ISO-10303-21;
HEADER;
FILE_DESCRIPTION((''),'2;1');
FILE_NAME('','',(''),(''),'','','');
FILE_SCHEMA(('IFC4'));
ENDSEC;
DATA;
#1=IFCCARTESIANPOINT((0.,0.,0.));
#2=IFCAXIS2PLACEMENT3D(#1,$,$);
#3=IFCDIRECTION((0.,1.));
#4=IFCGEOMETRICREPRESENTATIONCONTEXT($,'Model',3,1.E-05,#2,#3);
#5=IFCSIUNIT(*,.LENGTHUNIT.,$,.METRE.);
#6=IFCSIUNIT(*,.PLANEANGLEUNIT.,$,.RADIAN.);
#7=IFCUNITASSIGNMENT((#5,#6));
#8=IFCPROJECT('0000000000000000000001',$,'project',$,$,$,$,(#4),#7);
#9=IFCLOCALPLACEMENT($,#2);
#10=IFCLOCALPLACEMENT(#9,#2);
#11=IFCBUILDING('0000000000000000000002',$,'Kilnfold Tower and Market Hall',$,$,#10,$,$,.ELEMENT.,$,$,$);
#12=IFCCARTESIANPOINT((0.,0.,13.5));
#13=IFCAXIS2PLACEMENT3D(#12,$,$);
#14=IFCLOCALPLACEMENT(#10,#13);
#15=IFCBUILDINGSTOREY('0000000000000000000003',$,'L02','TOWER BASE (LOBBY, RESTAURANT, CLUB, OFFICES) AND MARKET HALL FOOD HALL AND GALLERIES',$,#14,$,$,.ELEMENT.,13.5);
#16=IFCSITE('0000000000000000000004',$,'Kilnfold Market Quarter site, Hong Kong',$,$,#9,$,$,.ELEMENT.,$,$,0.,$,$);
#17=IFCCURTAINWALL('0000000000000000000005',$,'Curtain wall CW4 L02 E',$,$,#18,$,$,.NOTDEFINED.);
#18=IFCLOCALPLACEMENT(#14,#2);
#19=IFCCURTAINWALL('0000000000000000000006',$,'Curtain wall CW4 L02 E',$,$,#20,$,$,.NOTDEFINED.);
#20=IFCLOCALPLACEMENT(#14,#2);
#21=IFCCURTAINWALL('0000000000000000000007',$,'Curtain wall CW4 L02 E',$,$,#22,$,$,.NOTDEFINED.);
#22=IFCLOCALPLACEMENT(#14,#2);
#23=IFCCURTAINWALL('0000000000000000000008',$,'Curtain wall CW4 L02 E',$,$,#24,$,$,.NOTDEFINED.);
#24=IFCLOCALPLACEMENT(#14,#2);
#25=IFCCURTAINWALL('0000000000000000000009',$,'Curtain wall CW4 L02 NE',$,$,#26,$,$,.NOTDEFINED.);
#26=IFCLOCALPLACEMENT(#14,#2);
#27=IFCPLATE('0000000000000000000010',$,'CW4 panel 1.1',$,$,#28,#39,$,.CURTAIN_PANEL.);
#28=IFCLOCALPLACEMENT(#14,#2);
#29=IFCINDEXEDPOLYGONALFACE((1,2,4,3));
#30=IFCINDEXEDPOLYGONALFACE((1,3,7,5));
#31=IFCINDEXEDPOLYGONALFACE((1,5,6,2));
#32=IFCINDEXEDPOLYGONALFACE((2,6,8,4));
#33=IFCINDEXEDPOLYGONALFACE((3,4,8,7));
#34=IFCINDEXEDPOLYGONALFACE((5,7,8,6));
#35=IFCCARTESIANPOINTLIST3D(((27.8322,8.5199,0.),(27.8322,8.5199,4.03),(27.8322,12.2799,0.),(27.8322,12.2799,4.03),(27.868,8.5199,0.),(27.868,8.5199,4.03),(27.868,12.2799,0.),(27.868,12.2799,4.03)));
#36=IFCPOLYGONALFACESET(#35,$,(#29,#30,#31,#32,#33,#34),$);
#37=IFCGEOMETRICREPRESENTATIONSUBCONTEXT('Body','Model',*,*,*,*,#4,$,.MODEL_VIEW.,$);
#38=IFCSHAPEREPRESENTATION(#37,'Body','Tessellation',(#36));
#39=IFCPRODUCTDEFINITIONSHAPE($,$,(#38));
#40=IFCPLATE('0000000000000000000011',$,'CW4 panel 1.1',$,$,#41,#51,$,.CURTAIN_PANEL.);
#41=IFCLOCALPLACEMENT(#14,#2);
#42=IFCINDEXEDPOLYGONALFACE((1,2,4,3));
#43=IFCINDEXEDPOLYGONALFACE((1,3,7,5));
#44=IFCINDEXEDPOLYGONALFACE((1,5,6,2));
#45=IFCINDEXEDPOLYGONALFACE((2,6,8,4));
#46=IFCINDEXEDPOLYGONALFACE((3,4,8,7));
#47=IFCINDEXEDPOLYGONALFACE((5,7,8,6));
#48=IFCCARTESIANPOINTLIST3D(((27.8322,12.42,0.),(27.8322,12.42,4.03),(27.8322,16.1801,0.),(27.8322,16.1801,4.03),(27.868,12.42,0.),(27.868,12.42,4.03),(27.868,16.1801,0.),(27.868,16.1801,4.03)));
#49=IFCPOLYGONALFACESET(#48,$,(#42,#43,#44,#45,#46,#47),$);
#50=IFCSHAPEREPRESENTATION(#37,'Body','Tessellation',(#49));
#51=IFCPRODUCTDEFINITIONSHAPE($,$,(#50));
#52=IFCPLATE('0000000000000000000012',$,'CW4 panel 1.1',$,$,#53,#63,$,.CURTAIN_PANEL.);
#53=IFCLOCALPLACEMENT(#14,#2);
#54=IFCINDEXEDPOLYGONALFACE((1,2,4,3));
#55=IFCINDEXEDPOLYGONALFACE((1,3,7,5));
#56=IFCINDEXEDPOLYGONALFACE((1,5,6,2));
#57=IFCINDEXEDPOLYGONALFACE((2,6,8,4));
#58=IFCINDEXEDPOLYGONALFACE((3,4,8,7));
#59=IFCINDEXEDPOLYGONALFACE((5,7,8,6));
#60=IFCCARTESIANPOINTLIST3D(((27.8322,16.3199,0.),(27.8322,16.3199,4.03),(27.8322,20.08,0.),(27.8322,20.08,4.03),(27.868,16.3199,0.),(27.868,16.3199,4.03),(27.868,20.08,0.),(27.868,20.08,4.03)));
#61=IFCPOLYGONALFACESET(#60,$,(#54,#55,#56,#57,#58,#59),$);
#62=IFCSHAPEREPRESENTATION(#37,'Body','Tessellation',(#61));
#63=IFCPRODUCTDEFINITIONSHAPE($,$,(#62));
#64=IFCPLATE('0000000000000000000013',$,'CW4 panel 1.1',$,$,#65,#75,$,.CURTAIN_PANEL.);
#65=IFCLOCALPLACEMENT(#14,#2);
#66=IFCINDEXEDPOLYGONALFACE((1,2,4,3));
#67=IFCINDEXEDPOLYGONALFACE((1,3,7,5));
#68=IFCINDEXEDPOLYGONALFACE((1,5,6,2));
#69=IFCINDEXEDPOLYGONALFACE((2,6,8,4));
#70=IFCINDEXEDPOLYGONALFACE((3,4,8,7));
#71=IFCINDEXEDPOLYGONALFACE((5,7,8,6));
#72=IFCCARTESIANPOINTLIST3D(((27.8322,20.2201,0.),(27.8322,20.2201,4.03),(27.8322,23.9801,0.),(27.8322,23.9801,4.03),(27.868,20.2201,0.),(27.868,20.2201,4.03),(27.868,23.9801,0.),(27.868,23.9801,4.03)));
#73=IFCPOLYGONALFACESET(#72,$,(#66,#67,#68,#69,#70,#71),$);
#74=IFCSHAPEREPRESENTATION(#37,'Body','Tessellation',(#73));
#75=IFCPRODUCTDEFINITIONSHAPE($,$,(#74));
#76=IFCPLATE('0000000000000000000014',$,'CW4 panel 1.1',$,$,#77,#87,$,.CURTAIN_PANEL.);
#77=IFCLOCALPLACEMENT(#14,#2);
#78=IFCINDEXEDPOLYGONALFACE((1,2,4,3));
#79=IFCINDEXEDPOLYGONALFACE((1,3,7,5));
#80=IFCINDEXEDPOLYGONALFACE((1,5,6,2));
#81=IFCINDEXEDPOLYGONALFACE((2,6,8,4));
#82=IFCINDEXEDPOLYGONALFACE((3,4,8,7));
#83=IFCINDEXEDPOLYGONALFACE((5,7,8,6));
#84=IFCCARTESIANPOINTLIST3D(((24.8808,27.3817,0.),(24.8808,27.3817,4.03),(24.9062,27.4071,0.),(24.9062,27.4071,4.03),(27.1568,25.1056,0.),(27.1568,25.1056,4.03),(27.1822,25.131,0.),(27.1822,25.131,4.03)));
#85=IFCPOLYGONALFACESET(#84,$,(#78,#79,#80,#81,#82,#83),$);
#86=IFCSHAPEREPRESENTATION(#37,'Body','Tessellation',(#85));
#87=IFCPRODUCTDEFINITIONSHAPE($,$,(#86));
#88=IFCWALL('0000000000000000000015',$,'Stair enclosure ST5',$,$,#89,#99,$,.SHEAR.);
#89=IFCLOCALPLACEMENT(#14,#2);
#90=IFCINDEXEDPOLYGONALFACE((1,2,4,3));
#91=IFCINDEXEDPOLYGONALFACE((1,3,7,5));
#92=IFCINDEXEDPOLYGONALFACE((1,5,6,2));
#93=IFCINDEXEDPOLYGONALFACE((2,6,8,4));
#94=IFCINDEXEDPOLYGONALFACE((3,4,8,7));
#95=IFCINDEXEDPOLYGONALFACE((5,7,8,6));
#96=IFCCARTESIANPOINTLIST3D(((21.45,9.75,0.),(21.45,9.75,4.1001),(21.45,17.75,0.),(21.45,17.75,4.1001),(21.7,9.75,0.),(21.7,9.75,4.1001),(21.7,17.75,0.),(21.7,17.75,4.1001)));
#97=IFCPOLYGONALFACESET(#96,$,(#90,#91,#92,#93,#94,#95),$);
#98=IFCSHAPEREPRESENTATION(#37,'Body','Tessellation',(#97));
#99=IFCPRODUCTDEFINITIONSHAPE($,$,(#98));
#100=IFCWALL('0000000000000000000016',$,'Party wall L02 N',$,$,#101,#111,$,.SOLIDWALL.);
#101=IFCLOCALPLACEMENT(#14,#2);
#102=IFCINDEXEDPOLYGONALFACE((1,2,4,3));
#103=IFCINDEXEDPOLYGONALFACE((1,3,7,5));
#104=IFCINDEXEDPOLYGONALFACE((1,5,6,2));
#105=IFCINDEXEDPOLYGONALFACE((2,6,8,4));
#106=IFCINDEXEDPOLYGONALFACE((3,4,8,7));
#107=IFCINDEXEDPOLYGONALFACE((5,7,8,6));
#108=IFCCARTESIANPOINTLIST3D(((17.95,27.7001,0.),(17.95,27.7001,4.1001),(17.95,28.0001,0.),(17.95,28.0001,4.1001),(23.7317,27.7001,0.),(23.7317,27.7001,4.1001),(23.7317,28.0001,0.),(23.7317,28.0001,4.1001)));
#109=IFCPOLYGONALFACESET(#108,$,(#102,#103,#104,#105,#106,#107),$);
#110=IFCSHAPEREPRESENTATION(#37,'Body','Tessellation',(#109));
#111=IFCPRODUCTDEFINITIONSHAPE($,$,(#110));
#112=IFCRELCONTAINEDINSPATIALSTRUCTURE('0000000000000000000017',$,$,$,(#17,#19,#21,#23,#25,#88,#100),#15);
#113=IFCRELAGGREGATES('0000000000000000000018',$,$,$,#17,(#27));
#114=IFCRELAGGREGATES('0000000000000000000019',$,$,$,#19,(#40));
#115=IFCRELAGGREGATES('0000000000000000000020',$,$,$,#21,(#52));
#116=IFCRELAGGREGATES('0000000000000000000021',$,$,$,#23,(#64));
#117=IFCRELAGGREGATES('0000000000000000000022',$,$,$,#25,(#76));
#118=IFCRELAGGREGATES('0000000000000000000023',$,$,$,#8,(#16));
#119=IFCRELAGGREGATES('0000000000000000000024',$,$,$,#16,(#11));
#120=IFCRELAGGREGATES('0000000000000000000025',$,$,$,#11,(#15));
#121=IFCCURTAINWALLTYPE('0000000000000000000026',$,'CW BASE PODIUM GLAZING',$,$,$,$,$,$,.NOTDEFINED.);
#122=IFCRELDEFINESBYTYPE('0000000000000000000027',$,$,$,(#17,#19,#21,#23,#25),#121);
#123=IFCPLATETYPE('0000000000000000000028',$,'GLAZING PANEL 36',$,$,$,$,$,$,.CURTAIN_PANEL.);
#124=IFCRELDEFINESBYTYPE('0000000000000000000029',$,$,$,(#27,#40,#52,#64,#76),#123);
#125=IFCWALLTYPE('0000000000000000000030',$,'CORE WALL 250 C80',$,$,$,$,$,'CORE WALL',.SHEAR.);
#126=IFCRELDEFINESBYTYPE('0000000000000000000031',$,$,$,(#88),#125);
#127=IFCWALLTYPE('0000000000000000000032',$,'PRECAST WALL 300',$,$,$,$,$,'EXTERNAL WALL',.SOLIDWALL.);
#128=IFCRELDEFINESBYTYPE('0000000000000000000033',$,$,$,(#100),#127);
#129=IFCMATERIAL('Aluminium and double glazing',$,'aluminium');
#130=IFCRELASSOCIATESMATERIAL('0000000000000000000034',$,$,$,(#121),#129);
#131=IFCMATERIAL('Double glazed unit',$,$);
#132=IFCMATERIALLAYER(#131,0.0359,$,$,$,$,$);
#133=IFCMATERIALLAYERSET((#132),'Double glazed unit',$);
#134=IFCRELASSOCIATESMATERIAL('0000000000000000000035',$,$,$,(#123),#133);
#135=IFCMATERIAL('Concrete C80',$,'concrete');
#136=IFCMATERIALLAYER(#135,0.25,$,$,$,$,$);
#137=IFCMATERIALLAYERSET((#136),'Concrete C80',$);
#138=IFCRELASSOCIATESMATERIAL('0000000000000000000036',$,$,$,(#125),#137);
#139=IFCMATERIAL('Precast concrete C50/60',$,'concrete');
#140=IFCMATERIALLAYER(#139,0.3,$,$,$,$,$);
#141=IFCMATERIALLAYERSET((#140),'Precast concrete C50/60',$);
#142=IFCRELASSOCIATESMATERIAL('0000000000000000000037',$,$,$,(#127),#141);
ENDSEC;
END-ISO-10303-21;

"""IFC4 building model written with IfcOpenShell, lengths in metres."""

from ifc_helpers import new_model, si_unit, direction, frame, frame_2d, origin, origin_2d, place, context, subcontext, project, spatial, rectangle, extrude, source, transform, mapped, material, layer, layer_set, type_object, element, aggregate, save


model = new_model("IFC4")

# Units and contexts
model_context = context("Model", 3, precision=1e-05, world=origin(), true_north=direction((0.0, 1.0)))
body_context = subcontext(model_context, "Body", "Model", "MODEL_VIEW")
ifc_project = project(units=[si_unit("LENGTHUNIT", "METRE"), si_unit("PLANEANGLEUNIT", "RADIAN")], contexts=[model_context])

# Site, building, storey
site_placement = place(None, origin())
site = spatial("IfcSite", under=ifc_project, at=site_placement, Name="Kilnfold Market Quarter site, Hong Kong", CompositionType="ELEMENT", RefElevation=0.0)
building_placement = place(site_placement, origin())
building = spatial("IfcBuilding", under=site, at=building_placement, Name="Kilnfold Tower and Market Hall", CompositionType="ELEMENT")
storey_placement = place(building_placement, frame((0.0, 0.0, 13.5)))
storey = spatial("IfcBuildingStorey", under=building, at=storey_placement, Name="L02", Description="TOWER BASE (LOBBY, RESTAURANT, CLUB, OFFICES) AND MARKET HALL FOOD HALL AND GALLERIES", CompositionType="ELEMENT", Elevation=13.5)

# Curtain wall
ifc_material_1 = material(Name="Aluminium and double glazing", Category="aluminium")
curtain_wall_type = type_object("IfcCurtainWallType", Name="CW BASE PODIUM GLAZING", PredefinedType="NOTDEFINED", material=ifc_material_1)
curtain_wall_1_placement = place(storey_placement, origin())
curtain_wall_1 = element("IfcCurtainWall", 1, at=curtain_wall_1_placement, inside=storey, type_object=curtain_wall_type, Name="Curtain wall CW4 L02 E", PredefinedType="NOTDEFINED")

# Curtain walls
curtain_wall_2_placement = place(storey_placement, origin())
curtain_wall_2 = element("IfcCurtainWall", 2, at=curtain_wall_2_placement, inside=storey, type_object=curtain_wall_type, Name="Curtain wall CW4 L02 E", PredefinedType="NOTDEFINED")
curtain_wall_3_placement = place(storey_placement, origin())
curtain_wall_3 = element("IfcCurtainWall", 3, at=curtain_wall_3_placement, inside=storey, type_object=curtain_wall_type, Name="Curtain wall CW4 L02 E", PredefinedType="NOTDEFINED")

# Curtain wall
curtain_wall_4_placement = place(storey_placement, origin())
curtain_wall_4 = element("IfcCurtainWall", 4, at=curtain_wall_4_placement, inside=storey, type_object=curtain_wall_type, Name="Curtain wall CW4 L02 E", PredefinedType="NOTDEFINED")

# Curtain wall
curtain_wall_5_placement = place(storey_placement, origin())
curtain_wall_5 = element("IfcCurtainWall", 5, at=curtain_wall_5_placement, inside=storey, type_object=curtain_wall_type, Name="Curtain wall CW4 L02 NE", PredefinedType="NOTDEFINED")

# Plates
ifc_material_2 = material(Name="Double glazed unit")
ifc_layer_1 = layer(ifc_material_2, 0.0359)
ifc_layer_set_1 = layer_set([ifc_layer_1], Name="Double glazed unit")
plate_type = type_object("IfcPlateType", Name="GLAZING PANEL 36", PredefinedType="CURTAIN_PANEL", material=ifc_layer_set_1)
shared_shape_1 = source(origin(), body_context, "Body", "SweptSolid", [
    extrude(rectangle(XDim=3.76, YDim=0.0359, at=origin_2d()), origin(), (0.0, 0.0, 1.0), 4.03),
])
plate_1_placement = place(storey_placement, frame((27.8501, 10.3999, 0.0), z_axis=(0.0, 0.0, 1.0), x_axis=(0.0, 1.0, 0.0)))
plate_1 = element("IfcPlate", 6, at=plate_1_placement, type_object=plate_type, Name="CW4 panel 1.1", PredefinedType="CURTAIN_PANEL", context=body_context, shape_type="MappedRepresentation", body=[
    mapped(shared_shape_1, transform((0.0, 0.0, 0.0))),
])
aggregate(curtain_wall_1, [plate_1])
plate_2_placement = place(storey_placement, frame((27.8501, 14.3, 0.0), z_axis=(0.0, 0.0, 1.0), x_axis=(0.0, 1.0, 0.0)))
plate_2 = element("IfcPlate", 7, at=plate_2_placement, type_object=plate_type, Name="CW4 panel 1.1", PredefinedType="CURTAIN_PANEL", context=body_context, shape_type="MappedRepresentation", body=[
    mapped(shared_shape_1, transform((0.0, 0.0, 0.0))),
])
aggregate(curtain_wall_2, [plate_2])
plate_3_placement = place(storey_placement, frame((27.8501, 18.2, 0.0), z_axis=(0.0, 0.0, 1.0), x_axis=(0.0, 1.0, 0.0)))
plate_3 = element("IfcPlate", 8, at=plate_3_placement, type_object=plate_type, Name="CW4 panel 1.1", PredefinedType="CURTAIN_PANEL", context=body_context, shape_type="MappedRepresentation", body=[
    mapped(shared_shape_1, transform((0.0, 0.0, 0.0))),
])
aggregate(curtain_wall_3, [plate_3])
plate_4_placement = place(storey_placement, frame((27.8501, 22.1001, 0.0), z_axis=(0.0, 0.0, 1.0), x_axis=(0.0, 1.0, 0.0)))
plate_4 = element("IfcPlate", 9, at=plate_4_placement, type_object=plate_type, Name="CW4 panel 1.1", PredefinedType="CURTAIN_PANEL", context=body_context, shape_type="MappedRepresentation", body=[
    mapped(shared_shape_1, transform((0.0, 0.0, 0.0))),
])
aggregate(curtain_wall_4, [plate_4])
shared_shape_2 = source(origin(), body_context, "Body", "SweptSolid", [
    extrude(rectangle(XDim=3.2188, YDim=0.0359, at=origin_2d()), origin(), (0.0, 0.0, 1.0), 4.03),
])
plate_5_placement = place(storey_placement, frame((26.0315, 26.2563, 0.0), z_axis=(0.0, 0.0, 1.0), x_axis=(-0.707092, 0.707122, 0.0)))
plate_5 = element("IfcPlate", 10, at=plate_5_placement, type_object=plate_type, Name="CW4 panel 1.1", PredefinedType="CURTAIN_PANEL", context=body_context, shape_type="MappedRepresentation", body=[
    mapped(shared_shape_2, transform((0.0, 0.0, 0.0))),
])
aggregate(curtain_wall_5, [plate_5])

# Walls
ifc_material_3 = material(Name="Concrete C80", Category="concrete")
ifc_layer_2 = layer(ifc_material_3, 0.25)
ifc_layer_set_2 = layer_set([ifc_layer_2], Name="Concrete C80")
wall_type_1 = type_object("IfcWallType", Name="CORE WALL 250 C80", ElementType="CORE WALL", PredefinedType="SHEAR", material=ifc_layer_set_2)
shared_shape_3 = source(origin(), body_context, "Body", "SweptSolid", [
    extrude(rectangle(XDim=8.0, YDim=0.25, at=frame_2d((4.0, 0.0))), origin(), (0.0, 0.0, 1.0), 4.1001),
])
wall_1_placement = place(storey_placement, frame((21.575, 9.75, 0.0), z_axis=(0.0, 0.0, 1.0), x_axis=(0.0, 1.0, 0.0)))
element("IfcWall", 11, at=wall_1_placement, inside=storey, type_object=wall_type_1, Name="Stair enclosure ST5", PredefinedType="SHEAR", context=body_context, shape_type="MappedRepresentation", body=[
    mapped(shared_shape_3, transform((0.0, 0.0, 0.0))),
])
ifc_material_4 = material(Name="Precast concrete C50/60", Category="concrete")
ifc_layer_3 = layer(ifc_material_4, 0.3)
ifc_layer_set_3 = layer_set([ifc_layer_3], Name="Precast concrete C50/60")
wall_type_2 = type_object("IfcWallType", Name="PRECAST WALL 300", ElementType="EXTERNAL WALL", PredefinedType="SOLIDWALL", material=ifc_layer_set_3)
shared_shape_4 = source(origin(), body_context, "Body", "SweptSolid", [
    extrude(rectangle(XDim=5.7817, YDim=0.3, at=frame_2d((2.8909, 0.0))), origin(), (0.0, 0.0, 1.0), 4.1001),
])
wall_2_placement = place(storey_placement, frame((23.7317, 27.8501, 0.0), z_axis=(0.0, 0.0, 1.0), x_axis=(-1.0, 0.0, 0.0)))
element("IfcWall", 12, at=wall_2_placement, inside=storey, type_object=wall_type_2, Name="Party wall L02 N", PredefinedType="SOLIDWALL", context=body_context, shape_type="MappedRepresentation", body=[
    mapped(shared_shape_4, transform((0.0, 0.0, 0.0))),
])

save(model, "model.ifc")
